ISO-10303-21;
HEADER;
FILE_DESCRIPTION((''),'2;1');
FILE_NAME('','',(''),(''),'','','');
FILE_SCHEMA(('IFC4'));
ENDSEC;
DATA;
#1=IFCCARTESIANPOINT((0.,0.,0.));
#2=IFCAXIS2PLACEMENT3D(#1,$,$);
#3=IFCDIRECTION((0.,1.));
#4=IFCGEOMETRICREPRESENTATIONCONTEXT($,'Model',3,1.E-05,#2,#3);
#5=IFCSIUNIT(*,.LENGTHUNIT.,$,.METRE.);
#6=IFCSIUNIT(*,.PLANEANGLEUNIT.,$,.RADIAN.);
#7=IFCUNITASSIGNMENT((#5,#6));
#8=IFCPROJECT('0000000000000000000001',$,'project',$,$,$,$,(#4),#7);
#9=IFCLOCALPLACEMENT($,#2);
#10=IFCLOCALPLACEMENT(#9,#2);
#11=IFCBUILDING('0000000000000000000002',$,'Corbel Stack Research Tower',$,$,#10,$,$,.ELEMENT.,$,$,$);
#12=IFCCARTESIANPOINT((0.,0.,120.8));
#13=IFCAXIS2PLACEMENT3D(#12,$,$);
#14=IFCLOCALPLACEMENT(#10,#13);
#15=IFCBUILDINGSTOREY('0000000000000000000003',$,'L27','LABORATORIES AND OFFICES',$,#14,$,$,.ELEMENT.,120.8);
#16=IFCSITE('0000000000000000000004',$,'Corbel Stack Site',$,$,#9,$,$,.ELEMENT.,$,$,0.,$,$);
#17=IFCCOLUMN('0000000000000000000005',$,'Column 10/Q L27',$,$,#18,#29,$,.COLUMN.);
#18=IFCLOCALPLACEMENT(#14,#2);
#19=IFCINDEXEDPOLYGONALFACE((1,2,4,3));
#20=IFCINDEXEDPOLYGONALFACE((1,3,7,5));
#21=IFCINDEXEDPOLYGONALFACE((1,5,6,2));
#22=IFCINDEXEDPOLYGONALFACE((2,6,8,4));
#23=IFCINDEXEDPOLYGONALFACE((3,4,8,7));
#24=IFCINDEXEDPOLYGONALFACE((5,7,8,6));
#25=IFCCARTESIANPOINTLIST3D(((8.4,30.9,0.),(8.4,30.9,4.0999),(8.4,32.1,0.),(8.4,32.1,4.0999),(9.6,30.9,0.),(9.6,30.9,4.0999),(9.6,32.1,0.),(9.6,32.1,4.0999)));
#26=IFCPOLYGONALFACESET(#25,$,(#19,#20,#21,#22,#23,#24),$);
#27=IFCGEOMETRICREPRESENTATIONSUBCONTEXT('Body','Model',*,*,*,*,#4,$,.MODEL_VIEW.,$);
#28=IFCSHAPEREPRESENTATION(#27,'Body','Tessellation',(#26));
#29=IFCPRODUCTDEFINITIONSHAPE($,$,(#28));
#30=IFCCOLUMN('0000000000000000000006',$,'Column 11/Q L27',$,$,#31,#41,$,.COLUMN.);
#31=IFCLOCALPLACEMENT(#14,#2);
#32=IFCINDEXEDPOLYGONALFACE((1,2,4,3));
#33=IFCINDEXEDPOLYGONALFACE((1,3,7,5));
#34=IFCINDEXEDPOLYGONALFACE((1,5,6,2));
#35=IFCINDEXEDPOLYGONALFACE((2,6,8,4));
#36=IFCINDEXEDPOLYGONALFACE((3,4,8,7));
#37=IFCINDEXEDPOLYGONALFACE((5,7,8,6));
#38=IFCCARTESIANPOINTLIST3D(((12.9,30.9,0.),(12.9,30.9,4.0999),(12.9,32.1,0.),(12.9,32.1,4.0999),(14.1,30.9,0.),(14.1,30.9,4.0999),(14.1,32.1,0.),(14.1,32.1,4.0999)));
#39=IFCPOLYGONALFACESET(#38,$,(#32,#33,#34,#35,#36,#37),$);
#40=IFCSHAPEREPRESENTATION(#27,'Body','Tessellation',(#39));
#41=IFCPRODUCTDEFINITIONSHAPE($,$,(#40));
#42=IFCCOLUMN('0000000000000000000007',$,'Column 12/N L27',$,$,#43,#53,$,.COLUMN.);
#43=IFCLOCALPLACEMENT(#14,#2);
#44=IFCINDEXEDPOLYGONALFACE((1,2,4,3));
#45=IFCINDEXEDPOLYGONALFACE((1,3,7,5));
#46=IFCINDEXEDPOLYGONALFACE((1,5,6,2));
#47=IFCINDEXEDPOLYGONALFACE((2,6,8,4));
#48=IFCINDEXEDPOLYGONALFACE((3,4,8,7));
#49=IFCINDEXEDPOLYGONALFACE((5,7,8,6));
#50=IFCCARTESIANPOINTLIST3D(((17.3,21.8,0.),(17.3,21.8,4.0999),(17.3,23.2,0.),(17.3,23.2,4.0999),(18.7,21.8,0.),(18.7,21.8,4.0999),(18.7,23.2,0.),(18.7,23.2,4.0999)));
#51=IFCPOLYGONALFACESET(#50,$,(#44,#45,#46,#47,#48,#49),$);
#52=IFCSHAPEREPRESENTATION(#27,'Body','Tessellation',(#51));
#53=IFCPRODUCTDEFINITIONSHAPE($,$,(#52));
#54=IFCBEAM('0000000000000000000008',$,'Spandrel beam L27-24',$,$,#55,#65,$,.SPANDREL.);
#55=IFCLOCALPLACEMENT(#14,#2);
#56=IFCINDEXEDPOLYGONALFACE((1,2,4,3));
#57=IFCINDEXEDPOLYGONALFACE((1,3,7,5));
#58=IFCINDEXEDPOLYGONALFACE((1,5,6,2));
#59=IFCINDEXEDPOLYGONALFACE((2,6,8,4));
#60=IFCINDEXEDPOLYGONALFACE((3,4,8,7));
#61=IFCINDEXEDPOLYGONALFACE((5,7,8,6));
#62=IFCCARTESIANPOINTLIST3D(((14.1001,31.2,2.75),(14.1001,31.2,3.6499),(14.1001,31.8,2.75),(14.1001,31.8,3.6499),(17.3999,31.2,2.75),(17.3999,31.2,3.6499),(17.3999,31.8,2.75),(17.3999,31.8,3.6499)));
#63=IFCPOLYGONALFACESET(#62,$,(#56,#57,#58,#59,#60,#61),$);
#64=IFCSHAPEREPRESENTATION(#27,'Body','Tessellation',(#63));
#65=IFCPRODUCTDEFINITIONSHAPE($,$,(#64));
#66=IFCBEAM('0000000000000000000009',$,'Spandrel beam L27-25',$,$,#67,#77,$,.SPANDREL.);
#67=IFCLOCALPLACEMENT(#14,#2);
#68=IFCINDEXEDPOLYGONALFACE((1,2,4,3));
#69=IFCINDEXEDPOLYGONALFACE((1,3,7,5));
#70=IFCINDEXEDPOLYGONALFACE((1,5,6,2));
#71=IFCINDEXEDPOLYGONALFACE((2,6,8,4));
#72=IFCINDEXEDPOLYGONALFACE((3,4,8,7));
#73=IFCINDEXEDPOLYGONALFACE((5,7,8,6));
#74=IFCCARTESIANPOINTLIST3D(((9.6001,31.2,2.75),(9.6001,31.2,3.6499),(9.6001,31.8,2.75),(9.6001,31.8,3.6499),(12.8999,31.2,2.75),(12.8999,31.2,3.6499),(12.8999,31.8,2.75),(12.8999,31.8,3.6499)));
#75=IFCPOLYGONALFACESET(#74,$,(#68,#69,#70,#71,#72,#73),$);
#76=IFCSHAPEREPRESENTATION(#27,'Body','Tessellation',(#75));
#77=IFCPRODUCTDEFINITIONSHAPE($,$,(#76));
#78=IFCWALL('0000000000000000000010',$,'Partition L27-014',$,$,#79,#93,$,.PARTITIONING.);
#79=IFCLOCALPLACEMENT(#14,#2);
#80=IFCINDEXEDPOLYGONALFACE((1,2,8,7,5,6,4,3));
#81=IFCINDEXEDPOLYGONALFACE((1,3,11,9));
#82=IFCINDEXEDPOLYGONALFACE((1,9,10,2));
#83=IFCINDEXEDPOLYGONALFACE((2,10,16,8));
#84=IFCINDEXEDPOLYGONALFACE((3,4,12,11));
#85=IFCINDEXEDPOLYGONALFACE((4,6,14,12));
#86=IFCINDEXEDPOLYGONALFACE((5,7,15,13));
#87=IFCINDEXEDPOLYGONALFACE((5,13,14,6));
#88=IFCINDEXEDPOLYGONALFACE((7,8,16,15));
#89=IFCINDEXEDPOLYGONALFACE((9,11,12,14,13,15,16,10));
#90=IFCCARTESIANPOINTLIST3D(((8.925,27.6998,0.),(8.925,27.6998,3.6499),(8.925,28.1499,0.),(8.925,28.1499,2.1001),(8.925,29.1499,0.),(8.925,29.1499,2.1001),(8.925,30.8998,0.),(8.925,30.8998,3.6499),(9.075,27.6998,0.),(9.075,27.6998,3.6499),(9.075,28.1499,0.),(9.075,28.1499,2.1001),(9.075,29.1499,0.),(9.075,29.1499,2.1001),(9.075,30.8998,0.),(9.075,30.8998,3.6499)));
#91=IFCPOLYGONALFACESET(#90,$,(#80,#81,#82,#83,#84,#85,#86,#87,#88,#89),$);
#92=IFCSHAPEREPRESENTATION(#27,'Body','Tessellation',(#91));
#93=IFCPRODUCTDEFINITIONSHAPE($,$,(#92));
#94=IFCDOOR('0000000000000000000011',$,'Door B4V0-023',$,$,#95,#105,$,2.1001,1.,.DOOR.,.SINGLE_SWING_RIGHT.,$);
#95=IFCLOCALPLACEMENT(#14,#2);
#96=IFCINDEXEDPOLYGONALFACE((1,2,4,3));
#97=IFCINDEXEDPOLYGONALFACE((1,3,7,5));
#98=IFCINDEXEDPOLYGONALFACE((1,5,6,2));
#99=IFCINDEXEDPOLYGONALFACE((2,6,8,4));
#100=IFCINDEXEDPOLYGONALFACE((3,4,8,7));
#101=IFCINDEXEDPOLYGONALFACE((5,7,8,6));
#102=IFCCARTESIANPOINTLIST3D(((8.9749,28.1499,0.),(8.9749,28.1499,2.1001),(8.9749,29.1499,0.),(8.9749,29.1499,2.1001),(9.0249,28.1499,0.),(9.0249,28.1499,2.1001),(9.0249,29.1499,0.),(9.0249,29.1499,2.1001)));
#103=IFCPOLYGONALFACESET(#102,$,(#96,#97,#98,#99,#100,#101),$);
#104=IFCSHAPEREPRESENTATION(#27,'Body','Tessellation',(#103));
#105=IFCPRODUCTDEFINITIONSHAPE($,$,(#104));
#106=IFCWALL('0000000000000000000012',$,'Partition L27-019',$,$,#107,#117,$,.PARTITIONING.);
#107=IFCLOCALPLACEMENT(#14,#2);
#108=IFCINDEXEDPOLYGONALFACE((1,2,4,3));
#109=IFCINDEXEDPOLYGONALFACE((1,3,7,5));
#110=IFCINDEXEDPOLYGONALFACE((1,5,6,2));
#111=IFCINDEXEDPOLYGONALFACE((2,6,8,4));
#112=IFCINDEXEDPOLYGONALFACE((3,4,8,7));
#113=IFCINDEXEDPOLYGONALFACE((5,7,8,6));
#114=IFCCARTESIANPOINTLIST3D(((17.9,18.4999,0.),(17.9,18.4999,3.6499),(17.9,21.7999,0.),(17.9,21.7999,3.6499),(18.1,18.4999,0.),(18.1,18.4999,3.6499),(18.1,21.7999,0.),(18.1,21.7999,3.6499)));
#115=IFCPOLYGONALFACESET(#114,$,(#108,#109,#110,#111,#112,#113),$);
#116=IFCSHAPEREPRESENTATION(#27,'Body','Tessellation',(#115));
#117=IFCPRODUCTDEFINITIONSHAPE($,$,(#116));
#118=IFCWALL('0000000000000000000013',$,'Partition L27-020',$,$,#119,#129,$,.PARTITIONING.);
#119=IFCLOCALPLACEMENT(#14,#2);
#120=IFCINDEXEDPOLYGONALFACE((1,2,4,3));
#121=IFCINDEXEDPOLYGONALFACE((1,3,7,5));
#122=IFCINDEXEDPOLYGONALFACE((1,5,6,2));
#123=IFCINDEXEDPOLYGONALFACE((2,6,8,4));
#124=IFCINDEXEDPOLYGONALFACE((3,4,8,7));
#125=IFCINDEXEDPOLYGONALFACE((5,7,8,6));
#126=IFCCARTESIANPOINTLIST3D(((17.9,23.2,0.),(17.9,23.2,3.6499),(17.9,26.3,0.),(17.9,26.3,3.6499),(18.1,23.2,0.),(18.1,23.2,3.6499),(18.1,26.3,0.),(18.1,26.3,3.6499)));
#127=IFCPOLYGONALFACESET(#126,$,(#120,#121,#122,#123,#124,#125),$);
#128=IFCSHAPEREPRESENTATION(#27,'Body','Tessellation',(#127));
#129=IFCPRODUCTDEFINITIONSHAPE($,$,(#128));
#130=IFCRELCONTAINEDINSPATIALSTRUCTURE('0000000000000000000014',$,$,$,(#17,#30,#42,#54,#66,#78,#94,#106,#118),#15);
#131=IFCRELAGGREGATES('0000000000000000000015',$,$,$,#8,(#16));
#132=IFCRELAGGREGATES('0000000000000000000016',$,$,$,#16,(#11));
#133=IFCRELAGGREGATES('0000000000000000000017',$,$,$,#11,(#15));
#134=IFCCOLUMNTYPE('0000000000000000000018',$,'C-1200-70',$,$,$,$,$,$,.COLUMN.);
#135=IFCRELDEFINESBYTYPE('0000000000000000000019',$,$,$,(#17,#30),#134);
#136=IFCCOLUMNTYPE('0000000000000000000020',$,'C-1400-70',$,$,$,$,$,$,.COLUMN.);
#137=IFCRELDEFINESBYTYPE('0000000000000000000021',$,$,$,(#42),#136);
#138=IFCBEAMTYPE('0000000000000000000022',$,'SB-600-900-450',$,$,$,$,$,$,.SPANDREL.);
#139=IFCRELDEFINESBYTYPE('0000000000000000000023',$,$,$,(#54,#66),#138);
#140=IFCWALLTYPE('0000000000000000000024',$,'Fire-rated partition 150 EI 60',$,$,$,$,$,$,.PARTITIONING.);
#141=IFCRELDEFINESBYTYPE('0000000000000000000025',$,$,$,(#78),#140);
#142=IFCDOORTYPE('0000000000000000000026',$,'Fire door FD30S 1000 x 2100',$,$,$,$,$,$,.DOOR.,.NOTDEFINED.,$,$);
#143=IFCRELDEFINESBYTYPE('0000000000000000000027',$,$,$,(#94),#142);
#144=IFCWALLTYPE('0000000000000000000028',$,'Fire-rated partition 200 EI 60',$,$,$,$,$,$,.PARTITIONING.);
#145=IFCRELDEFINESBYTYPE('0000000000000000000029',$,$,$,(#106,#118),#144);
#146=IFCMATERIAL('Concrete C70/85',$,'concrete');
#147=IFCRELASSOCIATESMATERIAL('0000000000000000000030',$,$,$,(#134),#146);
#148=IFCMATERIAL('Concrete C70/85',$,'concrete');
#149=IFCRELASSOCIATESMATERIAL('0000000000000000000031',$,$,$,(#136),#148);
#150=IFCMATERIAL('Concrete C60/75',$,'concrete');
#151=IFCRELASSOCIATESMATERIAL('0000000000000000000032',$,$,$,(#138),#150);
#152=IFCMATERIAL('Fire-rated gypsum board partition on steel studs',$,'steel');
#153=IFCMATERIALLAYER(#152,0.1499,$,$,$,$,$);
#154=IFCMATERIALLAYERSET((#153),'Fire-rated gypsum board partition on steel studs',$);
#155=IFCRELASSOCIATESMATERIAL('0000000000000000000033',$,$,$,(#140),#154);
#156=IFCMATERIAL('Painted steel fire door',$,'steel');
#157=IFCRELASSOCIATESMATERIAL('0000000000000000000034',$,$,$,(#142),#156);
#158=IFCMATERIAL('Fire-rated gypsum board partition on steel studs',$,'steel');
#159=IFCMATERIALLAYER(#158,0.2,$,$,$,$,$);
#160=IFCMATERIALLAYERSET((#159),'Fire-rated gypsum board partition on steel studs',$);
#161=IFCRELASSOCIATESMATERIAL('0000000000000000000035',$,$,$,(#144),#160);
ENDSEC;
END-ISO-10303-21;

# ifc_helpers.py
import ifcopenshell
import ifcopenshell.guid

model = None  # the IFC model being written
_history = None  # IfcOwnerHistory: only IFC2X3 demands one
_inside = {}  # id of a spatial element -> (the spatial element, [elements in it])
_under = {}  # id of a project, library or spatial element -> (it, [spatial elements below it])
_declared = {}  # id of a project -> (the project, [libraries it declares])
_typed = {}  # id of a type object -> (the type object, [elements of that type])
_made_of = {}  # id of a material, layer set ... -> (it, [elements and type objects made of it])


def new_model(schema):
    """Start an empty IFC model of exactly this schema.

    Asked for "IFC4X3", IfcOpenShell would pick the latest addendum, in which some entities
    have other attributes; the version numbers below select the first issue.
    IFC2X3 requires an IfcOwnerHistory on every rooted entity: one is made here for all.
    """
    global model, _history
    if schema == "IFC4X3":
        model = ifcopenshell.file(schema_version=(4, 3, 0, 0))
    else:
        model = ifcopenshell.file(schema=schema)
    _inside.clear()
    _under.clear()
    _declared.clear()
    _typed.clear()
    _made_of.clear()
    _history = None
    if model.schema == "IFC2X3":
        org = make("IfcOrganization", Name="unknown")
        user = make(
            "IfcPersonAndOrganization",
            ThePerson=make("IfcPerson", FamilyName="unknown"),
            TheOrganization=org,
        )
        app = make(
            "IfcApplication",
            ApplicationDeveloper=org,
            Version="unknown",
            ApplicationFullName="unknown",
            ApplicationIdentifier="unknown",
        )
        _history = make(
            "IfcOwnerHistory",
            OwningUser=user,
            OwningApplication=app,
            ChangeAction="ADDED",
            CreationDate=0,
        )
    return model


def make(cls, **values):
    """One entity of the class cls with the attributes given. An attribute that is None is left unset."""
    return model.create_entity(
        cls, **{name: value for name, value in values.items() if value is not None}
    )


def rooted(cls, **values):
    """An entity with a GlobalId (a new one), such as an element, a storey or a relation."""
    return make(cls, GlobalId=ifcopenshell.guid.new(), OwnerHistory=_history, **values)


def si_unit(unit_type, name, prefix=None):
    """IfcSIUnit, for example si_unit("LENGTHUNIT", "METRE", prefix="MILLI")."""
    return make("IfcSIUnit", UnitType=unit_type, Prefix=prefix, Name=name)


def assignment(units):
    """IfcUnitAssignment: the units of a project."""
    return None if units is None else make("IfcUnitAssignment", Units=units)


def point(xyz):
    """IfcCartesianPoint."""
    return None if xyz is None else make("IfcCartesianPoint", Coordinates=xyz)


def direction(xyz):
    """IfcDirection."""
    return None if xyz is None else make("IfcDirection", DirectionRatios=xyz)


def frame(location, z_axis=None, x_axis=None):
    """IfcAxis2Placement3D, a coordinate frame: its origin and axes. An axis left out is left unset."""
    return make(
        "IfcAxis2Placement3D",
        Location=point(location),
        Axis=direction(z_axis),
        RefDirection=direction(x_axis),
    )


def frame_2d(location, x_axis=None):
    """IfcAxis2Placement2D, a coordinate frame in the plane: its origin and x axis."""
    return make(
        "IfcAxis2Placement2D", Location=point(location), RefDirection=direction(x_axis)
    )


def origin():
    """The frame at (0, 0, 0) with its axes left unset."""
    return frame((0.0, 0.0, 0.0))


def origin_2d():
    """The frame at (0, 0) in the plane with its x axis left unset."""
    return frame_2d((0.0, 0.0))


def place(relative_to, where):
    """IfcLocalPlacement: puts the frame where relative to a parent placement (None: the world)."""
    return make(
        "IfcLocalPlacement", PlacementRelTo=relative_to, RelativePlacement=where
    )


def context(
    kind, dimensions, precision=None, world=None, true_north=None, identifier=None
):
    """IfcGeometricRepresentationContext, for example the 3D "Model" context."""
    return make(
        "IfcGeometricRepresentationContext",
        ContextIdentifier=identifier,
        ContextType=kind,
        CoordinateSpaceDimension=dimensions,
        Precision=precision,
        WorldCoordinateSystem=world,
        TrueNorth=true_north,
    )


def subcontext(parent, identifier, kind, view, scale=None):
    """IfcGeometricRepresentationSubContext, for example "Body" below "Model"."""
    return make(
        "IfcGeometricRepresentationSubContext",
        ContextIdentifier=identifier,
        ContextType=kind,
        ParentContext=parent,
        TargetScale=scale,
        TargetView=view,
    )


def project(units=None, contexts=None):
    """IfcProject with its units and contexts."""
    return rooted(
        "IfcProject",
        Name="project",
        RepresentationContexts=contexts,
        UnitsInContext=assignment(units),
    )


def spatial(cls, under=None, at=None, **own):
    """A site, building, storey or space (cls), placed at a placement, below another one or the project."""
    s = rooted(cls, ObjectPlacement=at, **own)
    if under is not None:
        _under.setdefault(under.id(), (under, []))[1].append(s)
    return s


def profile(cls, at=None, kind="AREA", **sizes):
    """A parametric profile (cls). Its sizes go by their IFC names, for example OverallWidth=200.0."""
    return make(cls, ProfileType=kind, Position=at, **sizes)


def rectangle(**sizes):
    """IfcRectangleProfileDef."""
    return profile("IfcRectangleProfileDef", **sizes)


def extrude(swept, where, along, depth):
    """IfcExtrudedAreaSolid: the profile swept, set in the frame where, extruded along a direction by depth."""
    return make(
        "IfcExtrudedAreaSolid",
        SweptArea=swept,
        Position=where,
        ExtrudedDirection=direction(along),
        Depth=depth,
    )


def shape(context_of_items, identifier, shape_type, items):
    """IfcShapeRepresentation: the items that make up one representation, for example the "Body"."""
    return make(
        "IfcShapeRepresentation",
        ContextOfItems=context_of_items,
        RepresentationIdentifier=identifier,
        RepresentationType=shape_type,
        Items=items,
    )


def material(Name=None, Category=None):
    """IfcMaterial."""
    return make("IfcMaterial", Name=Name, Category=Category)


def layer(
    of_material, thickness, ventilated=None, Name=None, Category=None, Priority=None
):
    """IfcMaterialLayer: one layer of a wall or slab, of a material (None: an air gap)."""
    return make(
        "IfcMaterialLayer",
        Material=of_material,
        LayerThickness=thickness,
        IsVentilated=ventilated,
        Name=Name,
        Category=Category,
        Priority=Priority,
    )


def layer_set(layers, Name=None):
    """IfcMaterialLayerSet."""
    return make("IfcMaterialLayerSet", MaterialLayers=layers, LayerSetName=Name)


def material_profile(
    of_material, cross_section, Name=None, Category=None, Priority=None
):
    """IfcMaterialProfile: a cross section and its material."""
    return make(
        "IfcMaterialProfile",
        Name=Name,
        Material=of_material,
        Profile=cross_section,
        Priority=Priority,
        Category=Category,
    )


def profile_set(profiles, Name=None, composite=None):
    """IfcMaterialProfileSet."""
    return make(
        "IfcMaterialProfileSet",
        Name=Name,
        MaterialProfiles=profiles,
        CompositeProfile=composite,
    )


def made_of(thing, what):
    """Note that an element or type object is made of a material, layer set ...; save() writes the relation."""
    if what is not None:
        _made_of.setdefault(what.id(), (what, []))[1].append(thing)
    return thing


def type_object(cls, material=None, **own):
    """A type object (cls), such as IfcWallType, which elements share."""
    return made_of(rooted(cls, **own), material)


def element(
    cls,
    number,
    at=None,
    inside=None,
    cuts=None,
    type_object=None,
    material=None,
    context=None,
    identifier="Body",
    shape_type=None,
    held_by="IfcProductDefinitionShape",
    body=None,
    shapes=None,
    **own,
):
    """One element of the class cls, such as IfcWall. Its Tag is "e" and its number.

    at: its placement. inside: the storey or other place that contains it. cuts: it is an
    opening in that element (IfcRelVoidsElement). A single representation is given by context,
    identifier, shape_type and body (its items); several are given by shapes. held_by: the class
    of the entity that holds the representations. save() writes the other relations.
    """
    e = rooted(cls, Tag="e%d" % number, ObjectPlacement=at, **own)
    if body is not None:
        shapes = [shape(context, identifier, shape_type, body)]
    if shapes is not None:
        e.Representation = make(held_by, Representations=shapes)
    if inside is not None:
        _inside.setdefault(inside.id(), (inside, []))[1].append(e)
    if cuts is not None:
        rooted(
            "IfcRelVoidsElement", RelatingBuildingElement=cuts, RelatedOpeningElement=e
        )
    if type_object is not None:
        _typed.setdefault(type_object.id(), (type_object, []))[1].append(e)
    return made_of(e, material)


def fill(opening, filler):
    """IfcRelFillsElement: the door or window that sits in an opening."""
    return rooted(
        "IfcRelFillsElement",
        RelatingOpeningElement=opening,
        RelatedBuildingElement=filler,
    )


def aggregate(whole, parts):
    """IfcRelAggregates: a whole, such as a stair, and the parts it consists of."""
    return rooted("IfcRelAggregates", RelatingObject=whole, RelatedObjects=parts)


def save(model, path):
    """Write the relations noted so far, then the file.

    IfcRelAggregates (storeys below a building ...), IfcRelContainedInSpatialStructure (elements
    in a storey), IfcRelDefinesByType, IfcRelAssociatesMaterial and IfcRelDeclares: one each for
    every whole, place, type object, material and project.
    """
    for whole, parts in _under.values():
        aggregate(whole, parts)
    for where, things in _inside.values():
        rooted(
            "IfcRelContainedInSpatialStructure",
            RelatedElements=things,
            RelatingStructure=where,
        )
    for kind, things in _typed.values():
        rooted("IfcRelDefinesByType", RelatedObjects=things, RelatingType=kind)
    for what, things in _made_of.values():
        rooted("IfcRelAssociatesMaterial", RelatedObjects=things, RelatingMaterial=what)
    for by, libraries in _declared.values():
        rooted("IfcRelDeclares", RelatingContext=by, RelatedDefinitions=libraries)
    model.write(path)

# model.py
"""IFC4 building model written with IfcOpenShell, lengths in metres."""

from ifc_helpers import new_model, si_unit, direction, frame, frame_2d, origin, origin_2d, place, context, subcontext, project, spatial, rectangle, extrude, material, layer, layer_set, material_profile, profile_set, type_object, element, fill, save


model = new_model("IFC4")

# Units and contexts
model_context = context("Model", 3, precision=1e-05, world=origin(), true_north=direction((0.0, 1.0)))
body_context = subcontext(model_context, "Body", "Model", "MODEL_VIEW")
ifc_project = project(units=[si_unit("LENGTHUNIT", "METRE"), si_unit("PLANEANGLEUNIT", "RADIAN")], contexts=[model_context])

# Site, building, storey
site_placement = place(None, origin())
site = spatial("IfcSite", under=ifc_project, at=site_placement, Name="Corbel Stack Site", CompositionType="ELEMENT", RefElevation=0.0)
building_placement = place(site_placement, origin())
building = spatial("IfcBuilding", under=site, at=building_placement, Name="Corbel Stack Research Tower", CompositionType="ELEMENT")
storey_placement = place(building_placement, frame((0.0, 0.0, 120.8)))
storey = spatial("IfcBuildingStorey", under=building, at=storey_placement, Name="L27", Description="LABORATORIES AND OFFICES", CompositionType="ELEMENT", Elevation=120.8)

# Columns
ifc_material_1 = material(Name="Concrete C70/85", Category="concrete")
ifc_material_profile_1 = material_profile(ifc_material_1, rectangle(XDim=1.2, YDim=1.2, at=origin_2d()), Name="RC 1200 x 1200")
ifc_profile_set_1 = profile_set([ifc_material_profile_1], Name="Concrete C70/85")
column_type_1 = type_object("IfcColumnType", Name="C-1200-70", PredefinedType="COLUMN", material=ifc_profile_set_1)
for number, where, z_axis, x_axis, name in (
    (1, (9.0, 31.5, 0.0), (0.0, 0.0, 1.0), (1.0, 0.0, 0.0), "Column 10/Q L27"),
    (2, (13.5, 31.5, 0.0), (0.0, 0.0, 1.0), (1.0, 0.0, 0.0), "Column 11/Q L27"),
):
    element("IfcColumn", number, at=place(storey_placement, frame(where, z_axis=z_axis, x_axis=x_axis)), inside=storey, type_object=column_type_1, Name=name, PredefinedType="COLUMN", context=body_context, shape_type="SweptSolid", body=[
        extrude(rectangle(XDim=1.2, YDim=1.2, at=origin_2d()), origin(), (0.0, 0.0, 1.0), 4.0999),
    ])
ifc_material_2 = material(Name="Concrete C70/85", Category="concrete")
ifc_material_profile_2 = material_profile(ifc_material_2, rectangle(XDim=1.3999, YDim=1.3999, at=origin_2d()), Name="RC 1400 x 1400")
ifc_profile_set_2 = profile_set([ifc_material_profile_2], Name="Concrete C70/85")
column_type_2 = type_object("IfcColumnType", Name="C-1400-70", PredefinedType="COLUMN", material=ifc_profile_set_2)
column_placement = place(storey_placement, frame((18.0, 22.5, 0.0), z_axis=(0.0, 0.0, 1.0), x_axis=(1.0, 0.0, 0.0)))
element("IfcColumn", 3, at=column_placement, inside=storey, type_object=column_type_2, Name="Column 12/N L27", PredefinedType="COLUMN", context=body_context, shape_type="SweptSolid", body=[
    extrude(rectangle(XDim=1.3999, YDim=1.3999, at=origin_2d()), origin(), (0.0, 0.0, 1.0), 4.0999),
])

# Beams
ifc_material_3 = material(Name="Concrete C60/75", Category="concrete")
ifc_material_profile_3 = material_profile(ifc_material_3, rectangle(XDim=0.6001, YDim=0.8999, at=origin_2d()), Name="RC 600 x 900")
ifc_profile_set_3 = profile_set([ifc_material_profile_3], Name="Concrete C60/75")
beam_type = type_object("IfcBeamType", Name="SB-600-900-450", PredefinedType="SPANDREL", material=ifc_profile_set_3)
for number, where, z_axis, x_axis, name in (
    (4, (17.3999, 31.5, 3.2), (-1.0, 0.0, 0.0), (0.0, -1.0, 0.0), "Spandrel beam L27-24"),
    (5, (12.8999, 31.5, 3.2), (-1.0, 0.0, 0.0), (0.0, -1.0, 0.0), "Spandrel beam L27-25"),
):
    element("IfcBeam", number, at=place(storey_placement, frame(where, z_axis=z_axis, x_axis=x_axis)), inside=storey, type_object=beam_type, Name=name, PredefinedType="SPANDREL", context=body_context, shape_type="SweptSolid", body=[
        extrude(rectangle(XDim=0.6001, YDim=0.8999, at=origin_2d()), origin(), (0.0, 0.0, 1.0), 3.2998),
    ])

# Wall, opening, door
ifc_material_4 = material(Name="Fire-rated gypsum board partition on steel studs", Category="steel")
ifc_layer_1 = layer(ifc_material_4, 0.1499)
ifc_layer_set_1 = layer_set([ifc_layer_1], Name="Fire-rated gypsum board partition on steel studs")
wall_type_1 = type_object("IfcWallType", Name="Fire-rated partition 150 EI 60", PredefinedType="PARTITIONING", material=ifc_layer_set_1)
wall_1_placement = place(storey_placement, frame((9.0, 30.8999, 0.0), z_axis=(0.0, 0.0, 1.0), x_axis=(0.0, -1.0, 0.0)))
wall_1 = element("IfcWall", 6, at=wall_1_placement, inside=storey, type_object=wall_type_1, Name="Partition L27-014", PredefinedType="PARTITIONING", context=body_context, shape_type="SweptSolid", body=[
    extrude(rectangle(XDim=3.2, YDim=0.1499, at=frame_2d((1.6001, 0.0))), origin(), (0.0, 0.0, 1.0), 3.6499),
])
opening_1_placement = place(wall_1_placement, frame((1.75, 0.0, 0.0)))
opening_1 = element("IfcOpeningElement", 7, at=opening_1_placement, cuts=wall_1, PredefinedType="OPENING", context=body_context, shape_type="SweptSolid", body=[
    extrude(rectangle(XDim=1.0, YDim=2.1001, at=frame_2d((0.5, 1.05))), frame((0.0, 0.085, 0.0), z_axis=(0.0, -1.0, 0.0), x_axis=(1.0, 0.0, 0.0)), (0.0, 0.0, 1.0), 0.1699),
])
ifc_material_5 = material(Name="Painted steel fire door", Category="steel")
door_type_1 = type_object("IfcDoorType", Name="Fire door FD30S 1000 x 2100", OperationType="NOTDEFINED", PredefinedType="DOOR", material=ifc_material_5)
door_1_placement = place(opening_1_placement, origin())
door_1 = element("IfcDoor", 8, at=door_1_placement, inside=storey, type_object=door_type_1, Name="Door B4V0-023", OperationType="SINGLE_SWING_RIGHT", OverallHeight=2.1001, OverallWidth=1.0, PredefinedType="DOOR", context=body_context, shape_type="SweptSolid", body=[
    extrude(rectangle(XDim=1.0, YDim=2.1001, at=frame_2d((0.5, 1.05))), frame((0.0, 0.0249, 0.0), z_axis=(0.0, -1.0, 0.0), x_axis=(1.0, 0.0, 0.0)), (0.0, 0.0, 1.0), 0.05),
])
fill(opening_1, door_1)

# Walls
ifc_material_6 = material(Name="Fire-rated gypsum board partition on steel studs", Category="steel")
ifc_layer_2 = layer(ifc_material_6, 0.2)
ifc_layer_set_2 = layer_set([ifc_layer_2], Name="Fire-rated gypsum board partition on steel studs")
wall_type_2 = type_object("IfcWallType", Name="Fire-rated partition 200 EI 60", PredefinedType="PARTITIONING", material=ifc_layer_set_2)
wall_2_placement = place(storey_placement, frame((18.0, 18.5, 0.0), z_axis=(0.0, 0.0, 1.0), x_axis=(0.0, 1.0, 0.0)))
element("IfcWall", 9, at=wall_2_placement, inside=storey, type_object=wall_type_2, Name="Partition L27-019", PredefinedType="PARTITIONING", context=body_context, shape_type="SweptSolid", body=[
    extrude(rectangle(XDim=3.3, YDim=0.2, at=frame_2d((1.6499, 0.0))), origin(), (0.0, 0.0, 1.0), 3.6499),
])
wall_3_placement = place(storey_placement, frame((18.0, 23.2, 0.0), z_axis=(0.0, 0.0, 1.0), x_axis=(0.0, 1.0, 0.0)))
element("IfcWall", 10, at=wall_3_placement, inside=storey, type_object=wall_type_2, Name="Partition L27-020", PredefinedType="PARTITIONING", context=body_context, shape_type="SweptSolid", body=[
    extrude(rectangle(XDim=3.1001, YDim=0.2, at=frame_2d((1.55, 0.0))), origin(), (0.0, 0.0, 1.0), 3.6499),
])

save(model, "model.ifc")
